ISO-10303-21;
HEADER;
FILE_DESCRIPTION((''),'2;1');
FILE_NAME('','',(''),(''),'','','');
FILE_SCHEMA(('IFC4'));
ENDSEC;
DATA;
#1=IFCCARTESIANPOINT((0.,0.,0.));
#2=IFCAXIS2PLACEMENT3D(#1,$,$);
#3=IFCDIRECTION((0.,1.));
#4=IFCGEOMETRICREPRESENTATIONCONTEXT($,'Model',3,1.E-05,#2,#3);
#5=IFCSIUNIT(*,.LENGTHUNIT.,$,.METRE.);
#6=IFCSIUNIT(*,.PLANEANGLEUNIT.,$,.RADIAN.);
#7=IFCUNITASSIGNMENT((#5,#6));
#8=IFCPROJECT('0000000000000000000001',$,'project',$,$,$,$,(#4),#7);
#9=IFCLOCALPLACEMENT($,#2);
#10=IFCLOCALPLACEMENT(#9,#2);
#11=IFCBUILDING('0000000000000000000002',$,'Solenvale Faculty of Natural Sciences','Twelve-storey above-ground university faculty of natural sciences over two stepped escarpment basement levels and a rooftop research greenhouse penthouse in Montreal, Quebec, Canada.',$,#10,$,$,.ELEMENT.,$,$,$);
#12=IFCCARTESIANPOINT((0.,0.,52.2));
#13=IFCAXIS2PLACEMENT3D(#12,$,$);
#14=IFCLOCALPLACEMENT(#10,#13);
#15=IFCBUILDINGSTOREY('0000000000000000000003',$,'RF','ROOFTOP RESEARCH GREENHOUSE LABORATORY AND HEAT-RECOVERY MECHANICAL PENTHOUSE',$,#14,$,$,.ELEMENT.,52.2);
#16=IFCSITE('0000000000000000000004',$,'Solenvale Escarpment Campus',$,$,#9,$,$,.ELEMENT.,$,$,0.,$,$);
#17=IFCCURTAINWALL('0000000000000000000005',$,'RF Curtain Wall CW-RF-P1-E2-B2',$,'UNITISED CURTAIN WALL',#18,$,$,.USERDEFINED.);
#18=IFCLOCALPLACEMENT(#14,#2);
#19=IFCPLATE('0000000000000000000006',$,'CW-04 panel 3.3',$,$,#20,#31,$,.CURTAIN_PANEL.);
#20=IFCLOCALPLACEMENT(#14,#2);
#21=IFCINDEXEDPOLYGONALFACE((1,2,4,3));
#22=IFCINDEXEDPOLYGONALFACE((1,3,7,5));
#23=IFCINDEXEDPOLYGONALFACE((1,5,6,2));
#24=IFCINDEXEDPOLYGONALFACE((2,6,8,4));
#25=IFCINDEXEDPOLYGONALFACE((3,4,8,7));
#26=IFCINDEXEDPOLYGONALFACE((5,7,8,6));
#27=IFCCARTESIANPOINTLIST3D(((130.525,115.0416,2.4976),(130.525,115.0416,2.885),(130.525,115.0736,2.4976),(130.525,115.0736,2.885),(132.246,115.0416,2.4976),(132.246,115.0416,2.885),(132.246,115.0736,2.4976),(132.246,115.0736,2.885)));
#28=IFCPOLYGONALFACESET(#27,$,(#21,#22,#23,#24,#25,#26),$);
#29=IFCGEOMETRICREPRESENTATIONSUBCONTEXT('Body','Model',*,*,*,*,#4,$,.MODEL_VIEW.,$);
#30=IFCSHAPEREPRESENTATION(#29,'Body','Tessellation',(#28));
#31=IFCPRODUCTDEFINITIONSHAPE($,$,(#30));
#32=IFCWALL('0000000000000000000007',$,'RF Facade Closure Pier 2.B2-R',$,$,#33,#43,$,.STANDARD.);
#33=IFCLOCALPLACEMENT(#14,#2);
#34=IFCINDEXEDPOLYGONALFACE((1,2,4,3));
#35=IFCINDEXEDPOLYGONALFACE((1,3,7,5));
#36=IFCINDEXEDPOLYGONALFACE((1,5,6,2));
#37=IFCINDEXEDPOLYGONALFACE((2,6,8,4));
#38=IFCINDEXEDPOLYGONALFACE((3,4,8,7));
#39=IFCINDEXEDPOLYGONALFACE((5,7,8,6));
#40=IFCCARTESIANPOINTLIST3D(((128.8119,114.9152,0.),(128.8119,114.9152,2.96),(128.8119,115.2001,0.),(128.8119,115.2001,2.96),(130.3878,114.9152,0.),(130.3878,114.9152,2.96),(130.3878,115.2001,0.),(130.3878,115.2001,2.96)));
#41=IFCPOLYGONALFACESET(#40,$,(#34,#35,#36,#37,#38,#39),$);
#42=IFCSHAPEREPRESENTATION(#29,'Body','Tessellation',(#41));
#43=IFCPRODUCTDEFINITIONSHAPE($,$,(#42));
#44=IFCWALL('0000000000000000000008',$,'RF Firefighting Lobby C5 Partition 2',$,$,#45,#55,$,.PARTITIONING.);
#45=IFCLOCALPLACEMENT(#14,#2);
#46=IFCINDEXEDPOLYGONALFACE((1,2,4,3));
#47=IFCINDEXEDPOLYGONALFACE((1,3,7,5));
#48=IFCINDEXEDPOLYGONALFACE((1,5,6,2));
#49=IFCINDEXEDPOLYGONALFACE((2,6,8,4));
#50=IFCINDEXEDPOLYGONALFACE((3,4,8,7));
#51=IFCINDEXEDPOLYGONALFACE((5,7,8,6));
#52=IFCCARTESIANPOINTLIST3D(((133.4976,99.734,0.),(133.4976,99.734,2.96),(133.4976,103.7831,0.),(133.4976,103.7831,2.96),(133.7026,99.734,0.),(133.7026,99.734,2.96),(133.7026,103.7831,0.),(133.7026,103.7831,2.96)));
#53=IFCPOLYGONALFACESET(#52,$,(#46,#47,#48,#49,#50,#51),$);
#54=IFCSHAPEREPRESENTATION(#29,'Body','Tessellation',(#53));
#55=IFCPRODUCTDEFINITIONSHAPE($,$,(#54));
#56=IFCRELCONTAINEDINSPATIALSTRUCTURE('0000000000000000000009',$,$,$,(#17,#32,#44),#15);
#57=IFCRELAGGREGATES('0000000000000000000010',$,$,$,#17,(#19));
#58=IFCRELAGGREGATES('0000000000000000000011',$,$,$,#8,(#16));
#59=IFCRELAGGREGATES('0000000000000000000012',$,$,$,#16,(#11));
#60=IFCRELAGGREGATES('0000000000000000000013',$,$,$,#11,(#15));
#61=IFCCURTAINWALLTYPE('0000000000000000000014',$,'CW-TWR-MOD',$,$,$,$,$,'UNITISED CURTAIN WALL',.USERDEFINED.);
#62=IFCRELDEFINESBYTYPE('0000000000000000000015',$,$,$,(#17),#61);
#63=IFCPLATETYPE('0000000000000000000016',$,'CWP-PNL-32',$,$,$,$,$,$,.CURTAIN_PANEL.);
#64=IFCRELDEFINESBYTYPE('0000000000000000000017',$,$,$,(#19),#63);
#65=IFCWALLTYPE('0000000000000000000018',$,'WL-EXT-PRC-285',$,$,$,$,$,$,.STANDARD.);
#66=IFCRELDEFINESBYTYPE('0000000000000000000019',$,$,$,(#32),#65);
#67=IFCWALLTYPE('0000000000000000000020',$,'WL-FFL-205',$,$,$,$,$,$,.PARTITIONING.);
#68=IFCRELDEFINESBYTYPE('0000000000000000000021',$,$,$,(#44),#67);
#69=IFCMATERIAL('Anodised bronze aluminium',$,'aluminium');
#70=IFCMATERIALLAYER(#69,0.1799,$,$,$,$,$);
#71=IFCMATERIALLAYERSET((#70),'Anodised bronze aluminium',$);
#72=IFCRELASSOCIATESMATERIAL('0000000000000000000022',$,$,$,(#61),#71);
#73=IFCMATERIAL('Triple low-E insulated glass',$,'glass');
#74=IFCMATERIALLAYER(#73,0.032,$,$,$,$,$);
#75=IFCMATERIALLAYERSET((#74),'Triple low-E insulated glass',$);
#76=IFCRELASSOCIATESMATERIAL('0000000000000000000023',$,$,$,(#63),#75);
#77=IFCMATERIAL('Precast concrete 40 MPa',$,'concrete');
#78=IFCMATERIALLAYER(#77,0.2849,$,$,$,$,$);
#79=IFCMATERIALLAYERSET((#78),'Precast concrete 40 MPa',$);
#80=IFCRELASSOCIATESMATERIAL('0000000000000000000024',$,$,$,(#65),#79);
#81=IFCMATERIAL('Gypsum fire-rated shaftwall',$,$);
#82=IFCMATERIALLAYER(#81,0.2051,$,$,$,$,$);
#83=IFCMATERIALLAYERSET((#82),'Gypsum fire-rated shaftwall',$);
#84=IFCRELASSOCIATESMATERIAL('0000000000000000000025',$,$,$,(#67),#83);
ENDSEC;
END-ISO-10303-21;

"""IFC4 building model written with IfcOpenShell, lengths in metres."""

from ifc_helpers import new_model, si_unit, direction, frame, frame_2d, origin, origin_2d, place, context, subcontext, project, spatial, rectangle, extrude, material, layer, layer_set, type_object, element, aggregate, save


model = new_model("IFC4")

# Units and contexts
model_context = context("Model", 3, precision=1e-05, world=origin(), true_north=direction((0.0, 1.0)))
body_context = subcontext(model_context, "Body", "Model", "MODEL_VIEW")
ifc_project = project(units=[si_unit("LENGTHUNIT", "METRE"), si_unit("PLANEANGLEUNIT", "RADIAN")], contexts=[model_context])

# Site, building, storey
site_placement = place(None, origin())
site = spatial("IfcSite", under=ifc_project, at=site_placement, Name="Solenvale Escarpment Campus", CompositionType="ELEMENT", RefElevation=0.0)
building_placement = place(site_placement, origin())
building = spatial("IfcBuilding", under=site, at=building_placement, Name="Solenvale Faculty of Natural Sciences", Description="Twelve-storey above-ground university faculty of natural sciences over two stepped escarpment basement levels and a rooftop research greenhouse penthouse in Montreal, Quebec, Canada.", CompositionType="ELEMENT")
storey_placement = place(building_placement, frame((0.0, 0.0, 52.2)))
storey = spatial("IfcBuildingStorey", under=building, at=storey_placement, Name="RF", Description="ROOFTOP RESEARCH GREENHOUSE LABORATORY AND HEAT-RECOVERY MECHANICAL PENTHOUSE", CompositionType="ELEMENT", Elevation=52.2)

# Curtain wall
ifc_material_1 = material(Name="Anodised bronze aluminium", Category="aluminium")
ifc_layer_1 = layer(ifc_material_1, 0.1799)
ifc_layer_set_1 = layer_set([ifc_layer_1], Name="Anodised bronze aluminium")
curtain_wall_type = type_object("IfcCurtainWallType", Name="CW-TWR-MOD", ElementType="UNITISED CURTAIN WALL", PredefinedType="USERDEFINED", material=ifc_layer_set_1)
curtain_wall_1_placement = place(storey_placement, origin())
curtain_wall_1 = element("IfcCurtainWall", 1, at=curtain_wall_1_placement, inside=storey, type_object=curtain_wall_type, Name="RF Curtain Wall CW-RF-P1-E2-B2", ObjectType="UNITISED CURTAIN WALL", PredefinedType="USERDEFINED")

# Plate
ifc_material_2 = material(Name="Triple low-E insulated glass", Category="glass")
ifc_layer_2 = layer(ifc_material_2, 0.032)
ifc_layer_set_2 = layer_set([ifc_layer_2], Name="Triple low-E insulated glass")
plate_type = type_object("IfcPlateType", Name="CWP-PNL-32", PredefinedType="CURTAIN_PANEL", material=ifc_layer_set_2)
plate_1_placement = place(storey_placement, frame((131.3855, 115.0576, 2.4976), z_axis=(0.0, 0.0, 1.0), x_axis=(-1.0, 0.0, 0.0)))
plate_1 = element("IfcPlate", 2, at=plate_1_placement, type_object=plate_type, Name="CW-04 panel 3.3", PredefinedType="CURTAIN_PANEL", context=body_context, shape_type="SweptSolid", body=[
    extrude(rectangle(XDim=1.7209, YDim=0.032, at=origin_2d()), origin(), (0.0, 0.0, 1.0), 0.3875),
])
aggregate(curtain_wall_1, [plate_1])

# Wall
ifc_material_3 = material(Name="Precast concrete 40 MPa", Category="concrete")
ifc_layer_3 = layer(ifc_material_3, 0.2849)
ifc_layer_set_3 = layer_set([ifc_layer_3], Name="Precast concrete 40 MPa")
wall_type_1 = type_object("IfcWallType", Name="WL-EXT-PRC-285", PredefinedType="STANDARD", material=ifc_layer_set_3)
wall_1_placement = place(storey_placement, frame((130.3879, 115.0576, 0.0), z_axis=(0.0, 0.0, 1.0), x_axis=(-1.0, 0.0, 0.0)))
element("IfcWall", 3, at=wall_1_placement, inside=storey, type_object=wall_type_1, Name="RF Facade Closure Pier 2.B2-R", PredefinedType="STANDARD", context=body_context, shape_type="SweptSolid", body=[
    extrude(rectangle(XDim=1.5759, YDim=0.2849, at=frame_2d((0.7881, 0.0))), origin(), (0.0, 0.0, 1.0), 2.96),
])

# Shared definitions
ifc_material_4 = material(Name="Gypsum fire-rated shaftwall")
ifc_layer_4 = layer(ifc_material_4, 0.2051)
ifc_layer_set_4 = layer_set([ifc_layer_4], Name="Gypsum fire-rated shaftwall")
wall_type_2 = type_object("IfcWallType", Name="WL-FFL-205", PredefinedType="PARTITIONING", material=ifc_layer_set_4)

# Wall
wall_2_placement = place(storey_placement, frame((133.6001, 103.783, 0.0), z_axis=(0.0, 0.0, 1.0), x_axis=(0.0, -1.0, 0.0)))
element("IfcWall", 4, at=wall_2_placement, inside=storey, type_object=wall_type_2, Name="RF Firefighting Lobby C5 Partition 2", PredefinedType="PARTITIONING", context=body_context, shape_type="SweptSolid", body=[
    extrude(rectangle(XDim=4.0491, YDim=0.2051, at=frame_2d((2.0244, 0.0))), origin(), (0.0, 0.0, 1.0), 2.96),
])

save(model, "model.ifc")
